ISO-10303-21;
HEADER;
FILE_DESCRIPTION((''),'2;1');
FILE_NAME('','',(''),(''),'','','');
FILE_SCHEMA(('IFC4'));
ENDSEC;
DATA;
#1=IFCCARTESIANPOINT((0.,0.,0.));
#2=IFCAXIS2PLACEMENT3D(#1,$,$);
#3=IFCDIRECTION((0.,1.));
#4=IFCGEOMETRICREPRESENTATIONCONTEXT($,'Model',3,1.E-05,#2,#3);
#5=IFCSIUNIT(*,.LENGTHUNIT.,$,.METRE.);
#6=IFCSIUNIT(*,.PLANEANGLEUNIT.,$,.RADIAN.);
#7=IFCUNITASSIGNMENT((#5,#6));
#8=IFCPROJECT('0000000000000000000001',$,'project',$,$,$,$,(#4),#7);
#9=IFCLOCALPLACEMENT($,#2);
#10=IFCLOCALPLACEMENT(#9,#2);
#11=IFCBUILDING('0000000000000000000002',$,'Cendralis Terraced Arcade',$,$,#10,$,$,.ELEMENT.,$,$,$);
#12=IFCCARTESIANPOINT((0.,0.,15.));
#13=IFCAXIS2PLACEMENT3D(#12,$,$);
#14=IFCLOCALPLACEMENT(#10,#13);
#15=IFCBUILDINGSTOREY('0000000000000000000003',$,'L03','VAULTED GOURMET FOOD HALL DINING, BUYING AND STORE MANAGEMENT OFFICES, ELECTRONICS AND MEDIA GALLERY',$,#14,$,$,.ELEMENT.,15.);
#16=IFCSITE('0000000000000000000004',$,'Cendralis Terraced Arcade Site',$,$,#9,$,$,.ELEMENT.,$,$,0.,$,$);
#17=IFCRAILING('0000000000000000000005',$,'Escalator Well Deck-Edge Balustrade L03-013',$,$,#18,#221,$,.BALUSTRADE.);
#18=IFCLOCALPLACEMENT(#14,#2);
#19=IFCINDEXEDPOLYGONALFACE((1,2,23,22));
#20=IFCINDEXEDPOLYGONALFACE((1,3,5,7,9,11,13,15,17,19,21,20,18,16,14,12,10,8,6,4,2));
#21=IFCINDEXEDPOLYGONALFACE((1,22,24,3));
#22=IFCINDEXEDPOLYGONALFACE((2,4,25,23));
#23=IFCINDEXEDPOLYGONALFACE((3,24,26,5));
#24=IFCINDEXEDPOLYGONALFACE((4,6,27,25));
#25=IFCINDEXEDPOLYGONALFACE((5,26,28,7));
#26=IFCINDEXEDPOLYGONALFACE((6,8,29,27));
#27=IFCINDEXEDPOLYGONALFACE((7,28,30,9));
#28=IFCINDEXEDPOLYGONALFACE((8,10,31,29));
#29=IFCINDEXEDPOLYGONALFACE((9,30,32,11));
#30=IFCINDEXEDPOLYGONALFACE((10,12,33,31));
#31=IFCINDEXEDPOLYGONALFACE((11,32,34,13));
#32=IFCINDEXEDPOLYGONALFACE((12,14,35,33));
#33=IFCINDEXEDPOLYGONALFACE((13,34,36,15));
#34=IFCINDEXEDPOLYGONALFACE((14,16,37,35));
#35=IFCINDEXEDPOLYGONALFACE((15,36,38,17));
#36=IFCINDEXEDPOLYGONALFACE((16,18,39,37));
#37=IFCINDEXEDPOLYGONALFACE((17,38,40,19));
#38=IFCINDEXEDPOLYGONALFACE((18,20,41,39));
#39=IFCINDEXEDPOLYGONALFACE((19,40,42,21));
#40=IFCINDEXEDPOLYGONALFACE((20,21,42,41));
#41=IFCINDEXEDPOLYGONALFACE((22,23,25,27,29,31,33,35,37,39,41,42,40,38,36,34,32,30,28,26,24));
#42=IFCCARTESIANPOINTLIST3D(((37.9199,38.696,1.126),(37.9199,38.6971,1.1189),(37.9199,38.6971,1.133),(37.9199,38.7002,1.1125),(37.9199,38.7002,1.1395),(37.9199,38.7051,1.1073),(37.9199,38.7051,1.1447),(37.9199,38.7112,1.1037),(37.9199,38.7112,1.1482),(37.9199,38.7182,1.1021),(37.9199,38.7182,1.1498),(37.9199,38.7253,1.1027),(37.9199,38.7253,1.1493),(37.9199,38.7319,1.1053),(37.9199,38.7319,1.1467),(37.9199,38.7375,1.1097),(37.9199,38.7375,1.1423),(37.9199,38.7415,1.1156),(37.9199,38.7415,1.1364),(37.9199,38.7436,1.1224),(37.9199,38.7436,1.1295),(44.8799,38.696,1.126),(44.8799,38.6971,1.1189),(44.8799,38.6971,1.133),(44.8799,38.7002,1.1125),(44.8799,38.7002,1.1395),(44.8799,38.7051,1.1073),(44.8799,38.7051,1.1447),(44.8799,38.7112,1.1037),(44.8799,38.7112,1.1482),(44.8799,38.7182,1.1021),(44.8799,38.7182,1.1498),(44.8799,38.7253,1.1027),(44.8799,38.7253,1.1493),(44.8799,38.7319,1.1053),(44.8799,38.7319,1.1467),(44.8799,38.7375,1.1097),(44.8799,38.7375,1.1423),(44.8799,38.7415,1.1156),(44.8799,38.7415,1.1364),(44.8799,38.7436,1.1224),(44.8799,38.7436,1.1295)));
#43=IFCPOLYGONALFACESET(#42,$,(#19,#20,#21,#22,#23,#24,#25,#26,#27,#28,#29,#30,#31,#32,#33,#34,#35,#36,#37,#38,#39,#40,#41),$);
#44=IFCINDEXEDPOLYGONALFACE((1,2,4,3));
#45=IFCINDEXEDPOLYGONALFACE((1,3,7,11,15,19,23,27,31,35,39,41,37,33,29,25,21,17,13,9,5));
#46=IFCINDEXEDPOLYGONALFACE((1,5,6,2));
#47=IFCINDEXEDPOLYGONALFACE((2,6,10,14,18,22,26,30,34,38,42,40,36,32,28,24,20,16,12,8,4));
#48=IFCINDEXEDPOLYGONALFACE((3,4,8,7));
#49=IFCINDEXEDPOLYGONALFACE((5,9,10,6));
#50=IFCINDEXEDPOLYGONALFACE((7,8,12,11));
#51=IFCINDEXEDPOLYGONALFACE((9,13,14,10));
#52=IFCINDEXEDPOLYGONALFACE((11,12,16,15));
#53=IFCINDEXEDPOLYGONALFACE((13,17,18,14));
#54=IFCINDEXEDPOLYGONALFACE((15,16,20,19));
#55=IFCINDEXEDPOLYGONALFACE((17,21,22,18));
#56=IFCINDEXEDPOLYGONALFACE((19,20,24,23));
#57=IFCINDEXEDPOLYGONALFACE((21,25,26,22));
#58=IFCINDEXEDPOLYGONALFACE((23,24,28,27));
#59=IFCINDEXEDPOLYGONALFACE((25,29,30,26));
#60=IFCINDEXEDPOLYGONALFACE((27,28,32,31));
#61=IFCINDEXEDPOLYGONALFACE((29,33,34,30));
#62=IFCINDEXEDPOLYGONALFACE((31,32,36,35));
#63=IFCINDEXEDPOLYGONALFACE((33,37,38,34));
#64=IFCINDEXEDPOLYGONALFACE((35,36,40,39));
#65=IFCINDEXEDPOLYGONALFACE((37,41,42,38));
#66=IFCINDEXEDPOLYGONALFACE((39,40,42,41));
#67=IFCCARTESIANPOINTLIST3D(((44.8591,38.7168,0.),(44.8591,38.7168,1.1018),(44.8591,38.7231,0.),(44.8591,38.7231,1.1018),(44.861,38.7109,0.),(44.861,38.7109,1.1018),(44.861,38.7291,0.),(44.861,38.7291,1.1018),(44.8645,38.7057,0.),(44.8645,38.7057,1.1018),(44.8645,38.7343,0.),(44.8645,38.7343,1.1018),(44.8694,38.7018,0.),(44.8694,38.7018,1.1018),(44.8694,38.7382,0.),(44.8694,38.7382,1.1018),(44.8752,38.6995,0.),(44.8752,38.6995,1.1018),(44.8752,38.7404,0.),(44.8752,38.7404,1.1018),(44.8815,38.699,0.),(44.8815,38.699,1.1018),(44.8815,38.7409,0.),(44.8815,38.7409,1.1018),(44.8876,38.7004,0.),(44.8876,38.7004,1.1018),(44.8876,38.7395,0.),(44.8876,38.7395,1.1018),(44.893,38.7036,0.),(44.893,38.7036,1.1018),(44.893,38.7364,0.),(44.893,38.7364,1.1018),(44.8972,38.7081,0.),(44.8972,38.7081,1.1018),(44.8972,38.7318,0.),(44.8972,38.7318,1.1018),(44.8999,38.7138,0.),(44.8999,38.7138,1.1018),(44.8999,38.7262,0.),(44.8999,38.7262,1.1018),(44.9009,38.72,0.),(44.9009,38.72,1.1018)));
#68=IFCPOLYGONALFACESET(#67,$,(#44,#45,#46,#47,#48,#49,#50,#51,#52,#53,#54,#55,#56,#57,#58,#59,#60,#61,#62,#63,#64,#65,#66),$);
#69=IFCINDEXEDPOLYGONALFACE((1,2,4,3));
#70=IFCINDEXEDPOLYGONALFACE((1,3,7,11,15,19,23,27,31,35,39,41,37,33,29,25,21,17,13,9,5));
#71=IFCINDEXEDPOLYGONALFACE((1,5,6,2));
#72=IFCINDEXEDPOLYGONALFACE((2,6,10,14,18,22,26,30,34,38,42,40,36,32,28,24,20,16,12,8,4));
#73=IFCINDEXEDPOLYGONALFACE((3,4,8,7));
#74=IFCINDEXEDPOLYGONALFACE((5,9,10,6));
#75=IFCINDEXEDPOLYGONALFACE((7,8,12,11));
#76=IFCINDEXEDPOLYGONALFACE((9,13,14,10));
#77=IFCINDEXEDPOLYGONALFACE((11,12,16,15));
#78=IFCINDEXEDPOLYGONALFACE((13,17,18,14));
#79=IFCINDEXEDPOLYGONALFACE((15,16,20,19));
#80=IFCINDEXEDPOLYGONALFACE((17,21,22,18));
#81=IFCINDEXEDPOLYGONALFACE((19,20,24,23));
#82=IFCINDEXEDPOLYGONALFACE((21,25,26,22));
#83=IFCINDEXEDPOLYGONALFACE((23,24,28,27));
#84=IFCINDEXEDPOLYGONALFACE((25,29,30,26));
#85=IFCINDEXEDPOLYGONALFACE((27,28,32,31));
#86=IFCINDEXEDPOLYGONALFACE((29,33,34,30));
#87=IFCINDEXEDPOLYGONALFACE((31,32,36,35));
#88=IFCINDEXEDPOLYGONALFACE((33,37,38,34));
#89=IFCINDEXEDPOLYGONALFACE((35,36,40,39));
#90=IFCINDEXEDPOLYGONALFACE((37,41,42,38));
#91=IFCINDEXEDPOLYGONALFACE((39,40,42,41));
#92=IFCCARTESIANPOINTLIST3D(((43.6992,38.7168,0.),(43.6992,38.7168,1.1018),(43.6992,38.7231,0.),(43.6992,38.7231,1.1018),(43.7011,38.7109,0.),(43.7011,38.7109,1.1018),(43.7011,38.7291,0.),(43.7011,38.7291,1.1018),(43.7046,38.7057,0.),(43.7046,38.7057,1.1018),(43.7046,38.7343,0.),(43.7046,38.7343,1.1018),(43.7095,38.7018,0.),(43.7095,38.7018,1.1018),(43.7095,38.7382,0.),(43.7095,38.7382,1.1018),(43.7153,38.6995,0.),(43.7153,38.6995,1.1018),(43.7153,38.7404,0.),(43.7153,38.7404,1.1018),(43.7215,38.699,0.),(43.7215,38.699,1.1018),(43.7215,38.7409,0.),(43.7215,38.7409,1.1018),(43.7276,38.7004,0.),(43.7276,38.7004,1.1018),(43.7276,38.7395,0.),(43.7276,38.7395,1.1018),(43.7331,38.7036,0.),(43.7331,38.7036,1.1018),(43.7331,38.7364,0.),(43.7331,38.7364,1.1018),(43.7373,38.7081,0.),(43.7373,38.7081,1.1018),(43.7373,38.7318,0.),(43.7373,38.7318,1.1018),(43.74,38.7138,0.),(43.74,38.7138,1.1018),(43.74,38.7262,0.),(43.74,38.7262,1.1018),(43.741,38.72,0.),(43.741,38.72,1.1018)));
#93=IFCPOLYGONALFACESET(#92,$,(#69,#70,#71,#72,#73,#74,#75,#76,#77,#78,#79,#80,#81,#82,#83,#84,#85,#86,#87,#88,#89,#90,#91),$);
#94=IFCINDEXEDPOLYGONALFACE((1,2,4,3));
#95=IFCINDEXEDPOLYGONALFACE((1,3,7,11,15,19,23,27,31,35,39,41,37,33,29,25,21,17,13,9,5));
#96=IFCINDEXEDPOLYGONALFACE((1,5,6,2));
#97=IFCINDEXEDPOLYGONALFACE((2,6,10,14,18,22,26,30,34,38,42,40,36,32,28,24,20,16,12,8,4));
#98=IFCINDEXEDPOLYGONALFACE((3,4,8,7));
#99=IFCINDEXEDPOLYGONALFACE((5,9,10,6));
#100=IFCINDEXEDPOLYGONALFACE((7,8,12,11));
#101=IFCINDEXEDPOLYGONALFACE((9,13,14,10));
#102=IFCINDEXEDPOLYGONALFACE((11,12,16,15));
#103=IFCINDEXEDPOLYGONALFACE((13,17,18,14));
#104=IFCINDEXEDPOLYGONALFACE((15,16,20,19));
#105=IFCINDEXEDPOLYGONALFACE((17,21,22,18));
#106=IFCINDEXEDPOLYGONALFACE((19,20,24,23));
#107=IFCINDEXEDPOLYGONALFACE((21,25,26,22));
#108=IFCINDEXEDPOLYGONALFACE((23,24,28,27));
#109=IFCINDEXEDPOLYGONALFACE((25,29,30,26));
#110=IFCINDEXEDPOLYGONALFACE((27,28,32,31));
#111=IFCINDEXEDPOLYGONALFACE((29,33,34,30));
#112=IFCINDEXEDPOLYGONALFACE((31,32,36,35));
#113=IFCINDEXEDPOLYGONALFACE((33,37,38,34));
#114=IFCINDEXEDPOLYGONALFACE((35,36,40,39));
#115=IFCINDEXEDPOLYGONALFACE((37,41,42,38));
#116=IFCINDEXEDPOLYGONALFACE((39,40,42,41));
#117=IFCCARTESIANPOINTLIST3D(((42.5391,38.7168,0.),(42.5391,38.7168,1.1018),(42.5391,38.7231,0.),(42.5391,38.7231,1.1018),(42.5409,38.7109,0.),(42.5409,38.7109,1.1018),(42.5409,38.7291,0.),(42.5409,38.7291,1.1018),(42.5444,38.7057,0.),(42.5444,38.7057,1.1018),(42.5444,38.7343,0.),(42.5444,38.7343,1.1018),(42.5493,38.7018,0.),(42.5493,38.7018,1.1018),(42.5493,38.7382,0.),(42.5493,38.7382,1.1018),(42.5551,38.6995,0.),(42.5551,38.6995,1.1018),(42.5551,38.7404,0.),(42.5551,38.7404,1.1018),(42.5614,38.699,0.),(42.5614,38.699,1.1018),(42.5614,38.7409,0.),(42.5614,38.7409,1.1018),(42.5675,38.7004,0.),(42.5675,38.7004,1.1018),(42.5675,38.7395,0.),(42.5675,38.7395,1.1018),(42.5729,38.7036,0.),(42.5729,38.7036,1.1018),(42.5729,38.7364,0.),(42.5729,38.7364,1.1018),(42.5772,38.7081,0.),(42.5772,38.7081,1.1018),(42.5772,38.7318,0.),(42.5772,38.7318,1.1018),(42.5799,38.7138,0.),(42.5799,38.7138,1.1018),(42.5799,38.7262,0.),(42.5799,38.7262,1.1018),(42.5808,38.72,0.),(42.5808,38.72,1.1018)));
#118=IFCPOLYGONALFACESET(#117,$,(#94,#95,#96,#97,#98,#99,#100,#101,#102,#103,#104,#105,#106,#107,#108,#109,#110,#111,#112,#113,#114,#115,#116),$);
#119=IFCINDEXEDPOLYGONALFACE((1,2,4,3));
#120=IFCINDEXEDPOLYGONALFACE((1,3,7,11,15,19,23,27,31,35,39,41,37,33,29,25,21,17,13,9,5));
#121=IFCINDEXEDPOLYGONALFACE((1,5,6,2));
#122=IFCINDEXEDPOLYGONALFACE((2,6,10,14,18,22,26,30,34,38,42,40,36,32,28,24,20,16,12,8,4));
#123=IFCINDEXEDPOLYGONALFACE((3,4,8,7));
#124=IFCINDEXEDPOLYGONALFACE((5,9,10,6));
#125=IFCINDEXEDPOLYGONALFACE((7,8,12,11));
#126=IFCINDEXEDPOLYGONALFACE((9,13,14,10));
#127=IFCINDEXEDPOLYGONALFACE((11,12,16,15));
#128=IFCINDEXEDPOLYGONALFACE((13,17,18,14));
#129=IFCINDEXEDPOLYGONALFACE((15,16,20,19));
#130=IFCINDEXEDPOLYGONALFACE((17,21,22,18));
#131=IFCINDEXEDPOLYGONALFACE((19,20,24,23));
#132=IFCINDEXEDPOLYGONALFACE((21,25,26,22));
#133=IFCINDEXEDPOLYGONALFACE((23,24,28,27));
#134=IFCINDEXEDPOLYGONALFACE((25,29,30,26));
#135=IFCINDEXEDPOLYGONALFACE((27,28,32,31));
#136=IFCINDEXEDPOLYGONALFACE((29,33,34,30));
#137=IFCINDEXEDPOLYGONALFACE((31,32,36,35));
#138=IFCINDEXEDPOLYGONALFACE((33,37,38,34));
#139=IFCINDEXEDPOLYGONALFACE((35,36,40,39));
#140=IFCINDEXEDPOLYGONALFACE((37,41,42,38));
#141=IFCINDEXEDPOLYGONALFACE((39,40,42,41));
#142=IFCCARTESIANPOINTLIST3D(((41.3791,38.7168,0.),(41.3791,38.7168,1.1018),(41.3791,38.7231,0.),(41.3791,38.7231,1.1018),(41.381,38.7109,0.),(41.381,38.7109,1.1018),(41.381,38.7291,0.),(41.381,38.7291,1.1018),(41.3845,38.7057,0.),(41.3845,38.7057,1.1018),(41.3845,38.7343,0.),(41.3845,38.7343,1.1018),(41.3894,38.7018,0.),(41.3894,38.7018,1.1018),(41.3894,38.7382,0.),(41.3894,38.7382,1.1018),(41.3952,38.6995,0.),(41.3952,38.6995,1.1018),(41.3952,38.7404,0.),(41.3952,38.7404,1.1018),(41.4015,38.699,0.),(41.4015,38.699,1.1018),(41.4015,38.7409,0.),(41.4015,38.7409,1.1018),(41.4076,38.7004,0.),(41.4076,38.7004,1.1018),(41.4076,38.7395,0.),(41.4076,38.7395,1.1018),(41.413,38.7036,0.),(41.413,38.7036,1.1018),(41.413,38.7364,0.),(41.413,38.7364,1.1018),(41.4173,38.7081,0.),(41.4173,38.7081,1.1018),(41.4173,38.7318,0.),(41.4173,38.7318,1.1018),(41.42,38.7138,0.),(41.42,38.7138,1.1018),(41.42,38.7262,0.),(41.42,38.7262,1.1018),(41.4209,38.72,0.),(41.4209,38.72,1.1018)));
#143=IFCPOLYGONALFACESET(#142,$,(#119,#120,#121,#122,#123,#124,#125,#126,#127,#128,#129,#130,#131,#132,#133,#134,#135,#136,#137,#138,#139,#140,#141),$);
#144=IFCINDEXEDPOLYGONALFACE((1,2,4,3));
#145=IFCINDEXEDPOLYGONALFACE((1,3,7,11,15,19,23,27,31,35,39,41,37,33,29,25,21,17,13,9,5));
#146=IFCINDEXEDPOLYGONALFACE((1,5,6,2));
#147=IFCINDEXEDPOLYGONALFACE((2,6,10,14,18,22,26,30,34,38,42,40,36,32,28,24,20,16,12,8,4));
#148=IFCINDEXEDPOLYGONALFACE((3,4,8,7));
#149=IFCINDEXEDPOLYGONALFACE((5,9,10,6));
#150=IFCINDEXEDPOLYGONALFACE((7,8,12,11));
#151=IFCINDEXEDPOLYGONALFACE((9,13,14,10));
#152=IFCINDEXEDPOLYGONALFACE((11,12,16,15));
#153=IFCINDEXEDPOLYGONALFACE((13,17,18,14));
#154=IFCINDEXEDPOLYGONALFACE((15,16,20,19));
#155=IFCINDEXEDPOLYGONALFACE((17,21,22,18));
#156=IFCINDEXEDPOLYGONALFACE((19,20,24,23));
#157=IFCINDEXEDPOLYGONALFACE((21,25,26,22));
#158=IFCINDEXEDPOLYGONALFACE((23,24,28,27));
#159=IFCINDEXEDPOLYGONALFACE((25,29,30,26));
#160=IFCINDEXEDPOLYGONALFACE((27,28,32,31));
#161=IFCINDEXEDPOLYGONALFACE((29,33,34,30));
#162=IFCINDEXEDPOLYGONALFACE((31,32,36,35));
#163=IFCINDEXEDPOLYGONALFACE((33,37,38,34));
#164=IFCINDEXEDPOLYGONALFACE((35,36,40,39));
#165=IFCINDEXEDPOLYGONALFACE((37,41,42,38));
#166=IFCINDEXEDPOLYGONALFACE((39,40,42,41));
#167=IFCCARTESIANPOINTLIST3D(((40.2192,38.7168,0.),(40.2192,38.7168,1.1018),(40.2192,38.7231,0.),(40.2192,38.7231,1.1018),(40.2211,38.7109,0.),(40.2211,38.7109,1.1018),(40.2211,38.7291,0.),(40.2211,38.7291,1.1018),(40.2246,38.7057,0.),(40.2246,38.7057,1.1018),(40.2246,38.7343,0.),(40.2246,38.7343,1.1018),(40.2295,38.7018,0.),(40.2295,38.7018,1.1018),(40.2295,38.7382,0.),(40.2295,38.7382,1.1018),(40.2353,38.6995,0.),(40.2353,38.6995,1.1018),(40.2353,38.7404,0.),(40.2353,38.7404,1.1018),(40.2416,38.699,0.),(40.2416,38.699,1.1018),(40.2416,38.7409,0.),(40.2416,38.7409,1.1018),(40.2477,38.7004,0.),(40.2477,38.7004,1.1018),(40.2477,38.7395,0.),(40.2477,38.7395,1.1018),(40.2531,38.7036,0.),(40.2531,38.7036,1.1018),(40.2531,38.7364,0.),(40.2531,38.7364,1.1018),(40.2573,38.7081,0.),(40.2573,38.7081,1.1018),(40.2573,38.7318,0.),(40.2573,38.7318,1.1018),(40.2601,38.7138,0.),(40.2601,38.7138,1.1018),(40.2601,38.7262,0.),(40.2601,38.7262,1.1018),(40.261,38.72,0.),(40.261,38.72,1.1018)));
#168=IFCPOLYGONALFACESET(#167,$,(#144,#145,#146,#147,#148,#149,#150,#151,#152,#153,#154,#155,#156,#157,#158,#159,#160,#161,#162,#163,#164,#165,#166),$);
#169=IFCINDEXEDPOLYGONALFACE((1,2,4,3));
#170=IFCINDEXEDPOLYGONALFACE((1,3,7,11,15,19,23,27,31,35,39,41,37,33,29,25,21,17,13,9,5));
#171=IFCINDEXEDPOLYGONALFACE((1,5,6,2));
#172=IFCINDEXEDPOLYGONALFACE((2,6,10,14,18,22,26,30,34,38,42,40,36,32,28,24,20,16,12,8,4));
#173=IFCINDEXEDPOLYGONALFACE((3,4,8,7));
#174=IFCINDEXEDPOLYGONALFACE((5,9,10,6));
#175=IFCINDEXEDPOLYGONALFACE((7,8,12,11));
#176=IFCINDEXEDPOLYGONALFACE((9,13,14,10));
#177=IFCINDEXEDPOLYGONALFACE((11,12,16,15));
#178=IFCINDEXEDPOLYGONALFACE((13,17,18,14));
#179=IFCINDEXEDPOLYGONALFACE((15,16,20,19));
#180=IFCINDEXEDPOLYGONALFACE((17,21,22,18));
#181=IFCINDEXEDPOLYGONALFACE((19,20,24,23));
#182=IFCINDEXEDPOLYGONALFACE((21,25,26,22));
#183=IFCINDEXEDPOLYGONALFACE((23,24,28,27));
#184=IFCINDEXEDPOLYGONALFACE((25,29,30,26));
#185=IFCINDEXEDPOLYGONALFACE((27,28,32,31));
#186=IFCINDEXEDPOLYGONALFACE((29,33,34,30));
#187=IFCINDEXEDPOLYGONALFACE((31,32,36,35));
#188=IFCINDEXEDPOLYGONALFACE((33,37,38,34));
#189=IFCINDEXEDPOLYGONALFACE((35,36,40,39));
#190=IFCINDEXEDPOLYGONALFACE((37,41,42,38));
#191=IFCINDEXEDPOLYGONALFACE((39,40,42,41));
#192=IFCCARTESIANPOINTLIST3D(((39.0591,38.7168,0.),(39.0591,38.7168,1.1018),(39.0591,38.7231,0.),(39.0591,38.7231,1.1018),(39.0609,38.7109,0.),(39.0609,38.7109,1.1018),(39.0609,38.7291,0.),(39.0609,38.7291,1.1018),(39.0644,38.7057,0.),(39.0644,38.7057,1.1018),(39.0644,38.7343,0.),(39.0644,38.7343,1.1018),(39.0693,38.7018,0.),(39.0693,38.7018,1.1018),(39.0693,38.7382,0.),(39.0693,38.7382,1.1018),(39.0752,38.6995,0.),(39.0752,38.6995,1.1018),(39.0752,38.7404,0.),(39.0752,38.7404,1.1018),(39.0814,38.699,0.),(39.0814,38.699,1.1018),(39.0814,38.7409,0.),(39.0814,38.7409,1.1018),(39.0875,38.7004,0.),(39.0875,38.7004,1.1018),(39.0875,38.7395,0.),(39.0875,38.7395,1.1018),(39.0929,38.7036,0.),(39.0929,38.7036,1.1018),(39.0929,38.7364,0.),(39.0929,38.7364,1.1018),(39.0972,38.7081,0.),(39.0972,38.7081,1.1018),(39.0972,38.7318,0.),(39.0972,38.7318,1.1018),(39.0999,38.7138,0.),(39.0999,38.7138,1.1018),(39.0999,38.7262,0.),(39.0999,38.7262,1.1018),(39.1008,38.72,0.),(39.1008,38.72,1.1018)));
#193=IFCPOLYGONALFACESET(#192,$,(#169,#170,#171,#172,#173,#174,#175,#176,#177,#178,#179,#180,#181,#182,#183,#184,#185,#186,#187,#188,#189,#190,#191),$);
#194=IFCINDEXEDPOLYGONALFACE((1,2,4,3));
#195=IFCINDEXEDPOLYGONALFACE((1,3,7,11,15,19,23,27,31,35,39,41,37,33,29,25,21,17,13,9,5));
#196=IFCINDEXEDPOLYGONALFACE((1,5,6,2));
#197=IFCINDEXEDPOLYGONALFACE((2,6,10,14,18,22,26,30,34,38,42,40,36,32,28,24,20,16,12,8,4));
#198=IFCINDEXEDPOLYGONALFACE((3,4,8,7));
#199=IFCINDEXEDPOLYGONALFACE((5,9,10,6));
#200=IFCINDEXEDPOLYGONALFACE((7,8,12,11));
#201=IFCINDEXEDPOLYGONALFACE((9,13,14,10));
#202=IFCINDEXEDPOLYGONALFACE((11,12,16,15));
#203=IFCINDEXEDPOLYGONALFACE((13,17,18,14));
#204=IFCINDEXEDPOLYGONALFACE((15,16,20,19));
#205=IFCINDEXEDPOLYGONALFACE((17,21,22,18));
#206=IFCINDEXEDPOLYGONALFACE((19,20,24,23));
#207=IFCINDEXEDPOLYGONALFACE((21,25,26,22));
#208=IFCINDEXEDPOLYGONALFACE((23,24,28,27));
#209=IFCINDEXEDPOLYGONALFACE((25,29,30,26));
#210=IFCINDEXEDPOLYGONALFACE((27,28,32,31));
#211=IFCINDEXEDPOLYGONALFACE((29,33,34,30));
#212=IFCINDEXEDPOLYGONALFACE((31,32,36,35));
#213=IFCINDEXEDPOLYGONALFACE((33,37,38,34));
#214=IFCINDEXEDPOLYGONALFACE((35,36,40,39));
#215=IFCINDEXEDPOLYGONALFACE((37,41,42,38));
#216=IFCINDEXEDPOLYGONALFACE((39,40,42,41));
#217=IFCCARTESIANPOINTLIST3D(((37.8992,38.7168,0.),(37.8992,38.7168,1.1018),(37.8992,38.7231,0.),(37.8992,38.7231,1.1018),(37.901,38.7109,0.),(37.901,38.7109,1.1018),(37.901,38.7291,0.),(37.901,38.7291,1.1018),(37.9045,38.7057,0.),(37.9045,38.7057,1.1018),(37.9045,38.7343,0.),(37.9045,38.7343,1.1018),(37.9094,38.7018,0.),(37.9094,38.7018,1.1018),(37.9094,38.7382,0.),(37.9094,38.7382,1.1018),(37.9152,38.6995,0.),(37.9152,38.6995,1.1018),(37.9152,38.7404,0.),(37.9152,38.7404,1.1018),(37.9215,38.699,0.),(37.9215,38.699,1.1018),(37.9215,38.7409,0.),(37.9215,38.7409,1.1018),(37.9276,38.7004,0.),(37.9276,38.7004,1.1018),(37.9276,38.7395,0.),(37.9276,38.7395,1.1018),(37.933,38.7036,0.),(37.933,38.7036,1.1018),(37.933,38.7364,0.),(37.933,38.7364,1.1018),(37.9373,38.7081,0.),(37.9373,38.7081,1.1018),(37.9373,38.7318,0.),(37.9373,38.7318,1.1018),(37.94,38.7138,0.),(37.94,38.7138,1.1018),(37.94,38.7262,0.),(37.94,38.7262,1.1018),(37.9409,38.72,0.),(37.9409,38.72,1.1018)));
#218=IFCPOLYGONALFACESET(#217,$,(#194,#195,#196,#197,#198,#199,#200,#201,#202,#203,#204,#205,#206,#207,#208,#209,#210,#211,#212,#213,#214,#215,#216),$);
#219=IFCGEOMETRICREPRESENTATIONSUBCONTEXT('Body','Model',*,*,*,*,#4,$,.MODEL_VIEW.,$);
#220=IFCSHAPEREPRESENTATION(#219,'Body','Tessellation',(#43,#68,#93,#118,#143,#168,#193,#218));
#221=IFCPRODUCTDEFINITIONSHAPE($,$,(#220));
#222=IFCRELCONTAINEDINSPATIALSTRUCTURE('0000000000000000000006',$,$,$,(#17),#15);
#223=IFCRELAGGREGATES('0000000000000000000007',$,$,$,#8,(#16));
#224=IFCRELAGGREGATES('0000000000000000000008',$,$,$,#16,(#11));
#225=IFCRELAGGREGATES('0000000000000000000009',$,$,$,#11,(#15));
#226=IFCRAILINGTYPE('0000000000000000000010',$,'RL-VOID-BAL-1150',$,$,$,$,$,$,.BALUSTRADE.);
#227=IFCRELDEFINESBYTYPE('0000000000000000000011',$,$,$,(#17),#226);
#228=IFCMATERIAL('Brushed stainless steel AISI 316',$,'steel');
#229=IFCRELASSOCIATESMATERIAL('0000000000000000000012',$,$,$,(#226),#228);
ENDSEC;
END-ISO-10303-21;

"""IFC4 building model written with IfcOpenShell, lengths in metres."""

from ifc_helpers import new_model, si_unit, direction, frame, origin, origin_2d, place, context, subcontext, project, spatial, circle, extrude, material, type_object, element, save


model = new_model("IFC4")

# Units and contexts
model_context = context("Model", 3, precision=1e-05, world=origin(), true_north=direction((0.0, 1.0)))
body_context = subcontext(model_context, "Body", "Model", "MODEL_VIEW")
ifc_project = project(units=[si_unit("LENGTHUNIT", "METRE"), si_unit("PLANEANGLEUNIT", "RADIAN")], contexts=[model_context])

# Site, building, storey
site_placement = place(None, origin())
site = spatial("IfcSite", under=ifc_project, at=site_placement, Name="Cendralis Terraced Arcade Site", CompositionType="ELEMENT", RefElevation=0.0)
building_placement = place(site_placement, origin())
building = spatial("IfcBuilding", under=site, at=building_placement, Name="Cendralis Terraced Arcade", CompositionType="ELEMENT")
storey_placement = place(building_placement, frame((0.0, 0.0, 15.0)))
storey = spatial("IfcBuildingStorey", under=building, at=storey_placement, Name="L03", Description="VAULTED GOURMET FOOD HALL DINING, BUYING AND STORE MANAGEMENT OFFICES, ELECTRONICS AND MEDIA GALLERY", CompositionType="ELEMENT", Elevation=15.0)

# Railing
ifc_material_1 = material(Name="Brushed stainless steel AISI 316", Category="steel")
railing_type_1 = type_object("IfcRailingType", Name="RL-VOID-BAL-1150", PredefinedType="BALUSTRADE", material=ifc_material_1)
railing_1_placement = place(storey_placement, frame((44.8799, 38.72, 0.0)))
element("IfcRailing", 1, at=railing_1_placement, inside=storey, type_object=railing_type_1, Name="Escalator Well Deck-Edge Balustrade L03-013", PredefinedType="BALUSTRADE", context=body_context, shape_type="SweptSolid", body=[
    extrude(circle(Radius=0.0239, at=origin_2d()), frame((0.0, 0.0, 1.126), z_axis=(-1.0, 0.0, 0.0), x_axis=(0.0, -1.0, 0.0)), (0.0, 0.0, 1.0), 6.96),
    extrude(circle(Radius=0.021, at=origin_2d()), origin(), (0.0, 0.0, 1.0), 1.1018),
    extrude(circle(Radius=0.021, at=origin_2d()), frame((-1.1599, 0.0, 0.0)), (0.0, 0.0, 1.0), 1.1018),
    extrude(circle(Radius=0.021, at=origin_2d()), frame((-2.3201, 0.0, 0.0)), (0.0, 0.0, 1.0), 1.1018),
    extrude(circle(Radius=0.021, at=origin_2d()), frame((-3.48, 0.0, 0.0)), (0.0, 0.0, 1.0), 1.1018),
    extrude(circle(Radius=0.021, at=origin_2d()), frame((-4.6399, 0.0, 0.0)), (0.0, 0.0, 1.0), 1.1018),
    extrude(circle(Radius=0.021, at=origin_2d()), frame((-5.8, 0.0, 0.0)), (0.0, 0.0, 1.0), 1.1018),
    extrude(circle(Radius=0.021, at=origin_2d()), frame((-6.96, 0.0, 0.0)), (0.0, 0.0, 1.0), 1.1018),
])

save(model, "model.ifc")
